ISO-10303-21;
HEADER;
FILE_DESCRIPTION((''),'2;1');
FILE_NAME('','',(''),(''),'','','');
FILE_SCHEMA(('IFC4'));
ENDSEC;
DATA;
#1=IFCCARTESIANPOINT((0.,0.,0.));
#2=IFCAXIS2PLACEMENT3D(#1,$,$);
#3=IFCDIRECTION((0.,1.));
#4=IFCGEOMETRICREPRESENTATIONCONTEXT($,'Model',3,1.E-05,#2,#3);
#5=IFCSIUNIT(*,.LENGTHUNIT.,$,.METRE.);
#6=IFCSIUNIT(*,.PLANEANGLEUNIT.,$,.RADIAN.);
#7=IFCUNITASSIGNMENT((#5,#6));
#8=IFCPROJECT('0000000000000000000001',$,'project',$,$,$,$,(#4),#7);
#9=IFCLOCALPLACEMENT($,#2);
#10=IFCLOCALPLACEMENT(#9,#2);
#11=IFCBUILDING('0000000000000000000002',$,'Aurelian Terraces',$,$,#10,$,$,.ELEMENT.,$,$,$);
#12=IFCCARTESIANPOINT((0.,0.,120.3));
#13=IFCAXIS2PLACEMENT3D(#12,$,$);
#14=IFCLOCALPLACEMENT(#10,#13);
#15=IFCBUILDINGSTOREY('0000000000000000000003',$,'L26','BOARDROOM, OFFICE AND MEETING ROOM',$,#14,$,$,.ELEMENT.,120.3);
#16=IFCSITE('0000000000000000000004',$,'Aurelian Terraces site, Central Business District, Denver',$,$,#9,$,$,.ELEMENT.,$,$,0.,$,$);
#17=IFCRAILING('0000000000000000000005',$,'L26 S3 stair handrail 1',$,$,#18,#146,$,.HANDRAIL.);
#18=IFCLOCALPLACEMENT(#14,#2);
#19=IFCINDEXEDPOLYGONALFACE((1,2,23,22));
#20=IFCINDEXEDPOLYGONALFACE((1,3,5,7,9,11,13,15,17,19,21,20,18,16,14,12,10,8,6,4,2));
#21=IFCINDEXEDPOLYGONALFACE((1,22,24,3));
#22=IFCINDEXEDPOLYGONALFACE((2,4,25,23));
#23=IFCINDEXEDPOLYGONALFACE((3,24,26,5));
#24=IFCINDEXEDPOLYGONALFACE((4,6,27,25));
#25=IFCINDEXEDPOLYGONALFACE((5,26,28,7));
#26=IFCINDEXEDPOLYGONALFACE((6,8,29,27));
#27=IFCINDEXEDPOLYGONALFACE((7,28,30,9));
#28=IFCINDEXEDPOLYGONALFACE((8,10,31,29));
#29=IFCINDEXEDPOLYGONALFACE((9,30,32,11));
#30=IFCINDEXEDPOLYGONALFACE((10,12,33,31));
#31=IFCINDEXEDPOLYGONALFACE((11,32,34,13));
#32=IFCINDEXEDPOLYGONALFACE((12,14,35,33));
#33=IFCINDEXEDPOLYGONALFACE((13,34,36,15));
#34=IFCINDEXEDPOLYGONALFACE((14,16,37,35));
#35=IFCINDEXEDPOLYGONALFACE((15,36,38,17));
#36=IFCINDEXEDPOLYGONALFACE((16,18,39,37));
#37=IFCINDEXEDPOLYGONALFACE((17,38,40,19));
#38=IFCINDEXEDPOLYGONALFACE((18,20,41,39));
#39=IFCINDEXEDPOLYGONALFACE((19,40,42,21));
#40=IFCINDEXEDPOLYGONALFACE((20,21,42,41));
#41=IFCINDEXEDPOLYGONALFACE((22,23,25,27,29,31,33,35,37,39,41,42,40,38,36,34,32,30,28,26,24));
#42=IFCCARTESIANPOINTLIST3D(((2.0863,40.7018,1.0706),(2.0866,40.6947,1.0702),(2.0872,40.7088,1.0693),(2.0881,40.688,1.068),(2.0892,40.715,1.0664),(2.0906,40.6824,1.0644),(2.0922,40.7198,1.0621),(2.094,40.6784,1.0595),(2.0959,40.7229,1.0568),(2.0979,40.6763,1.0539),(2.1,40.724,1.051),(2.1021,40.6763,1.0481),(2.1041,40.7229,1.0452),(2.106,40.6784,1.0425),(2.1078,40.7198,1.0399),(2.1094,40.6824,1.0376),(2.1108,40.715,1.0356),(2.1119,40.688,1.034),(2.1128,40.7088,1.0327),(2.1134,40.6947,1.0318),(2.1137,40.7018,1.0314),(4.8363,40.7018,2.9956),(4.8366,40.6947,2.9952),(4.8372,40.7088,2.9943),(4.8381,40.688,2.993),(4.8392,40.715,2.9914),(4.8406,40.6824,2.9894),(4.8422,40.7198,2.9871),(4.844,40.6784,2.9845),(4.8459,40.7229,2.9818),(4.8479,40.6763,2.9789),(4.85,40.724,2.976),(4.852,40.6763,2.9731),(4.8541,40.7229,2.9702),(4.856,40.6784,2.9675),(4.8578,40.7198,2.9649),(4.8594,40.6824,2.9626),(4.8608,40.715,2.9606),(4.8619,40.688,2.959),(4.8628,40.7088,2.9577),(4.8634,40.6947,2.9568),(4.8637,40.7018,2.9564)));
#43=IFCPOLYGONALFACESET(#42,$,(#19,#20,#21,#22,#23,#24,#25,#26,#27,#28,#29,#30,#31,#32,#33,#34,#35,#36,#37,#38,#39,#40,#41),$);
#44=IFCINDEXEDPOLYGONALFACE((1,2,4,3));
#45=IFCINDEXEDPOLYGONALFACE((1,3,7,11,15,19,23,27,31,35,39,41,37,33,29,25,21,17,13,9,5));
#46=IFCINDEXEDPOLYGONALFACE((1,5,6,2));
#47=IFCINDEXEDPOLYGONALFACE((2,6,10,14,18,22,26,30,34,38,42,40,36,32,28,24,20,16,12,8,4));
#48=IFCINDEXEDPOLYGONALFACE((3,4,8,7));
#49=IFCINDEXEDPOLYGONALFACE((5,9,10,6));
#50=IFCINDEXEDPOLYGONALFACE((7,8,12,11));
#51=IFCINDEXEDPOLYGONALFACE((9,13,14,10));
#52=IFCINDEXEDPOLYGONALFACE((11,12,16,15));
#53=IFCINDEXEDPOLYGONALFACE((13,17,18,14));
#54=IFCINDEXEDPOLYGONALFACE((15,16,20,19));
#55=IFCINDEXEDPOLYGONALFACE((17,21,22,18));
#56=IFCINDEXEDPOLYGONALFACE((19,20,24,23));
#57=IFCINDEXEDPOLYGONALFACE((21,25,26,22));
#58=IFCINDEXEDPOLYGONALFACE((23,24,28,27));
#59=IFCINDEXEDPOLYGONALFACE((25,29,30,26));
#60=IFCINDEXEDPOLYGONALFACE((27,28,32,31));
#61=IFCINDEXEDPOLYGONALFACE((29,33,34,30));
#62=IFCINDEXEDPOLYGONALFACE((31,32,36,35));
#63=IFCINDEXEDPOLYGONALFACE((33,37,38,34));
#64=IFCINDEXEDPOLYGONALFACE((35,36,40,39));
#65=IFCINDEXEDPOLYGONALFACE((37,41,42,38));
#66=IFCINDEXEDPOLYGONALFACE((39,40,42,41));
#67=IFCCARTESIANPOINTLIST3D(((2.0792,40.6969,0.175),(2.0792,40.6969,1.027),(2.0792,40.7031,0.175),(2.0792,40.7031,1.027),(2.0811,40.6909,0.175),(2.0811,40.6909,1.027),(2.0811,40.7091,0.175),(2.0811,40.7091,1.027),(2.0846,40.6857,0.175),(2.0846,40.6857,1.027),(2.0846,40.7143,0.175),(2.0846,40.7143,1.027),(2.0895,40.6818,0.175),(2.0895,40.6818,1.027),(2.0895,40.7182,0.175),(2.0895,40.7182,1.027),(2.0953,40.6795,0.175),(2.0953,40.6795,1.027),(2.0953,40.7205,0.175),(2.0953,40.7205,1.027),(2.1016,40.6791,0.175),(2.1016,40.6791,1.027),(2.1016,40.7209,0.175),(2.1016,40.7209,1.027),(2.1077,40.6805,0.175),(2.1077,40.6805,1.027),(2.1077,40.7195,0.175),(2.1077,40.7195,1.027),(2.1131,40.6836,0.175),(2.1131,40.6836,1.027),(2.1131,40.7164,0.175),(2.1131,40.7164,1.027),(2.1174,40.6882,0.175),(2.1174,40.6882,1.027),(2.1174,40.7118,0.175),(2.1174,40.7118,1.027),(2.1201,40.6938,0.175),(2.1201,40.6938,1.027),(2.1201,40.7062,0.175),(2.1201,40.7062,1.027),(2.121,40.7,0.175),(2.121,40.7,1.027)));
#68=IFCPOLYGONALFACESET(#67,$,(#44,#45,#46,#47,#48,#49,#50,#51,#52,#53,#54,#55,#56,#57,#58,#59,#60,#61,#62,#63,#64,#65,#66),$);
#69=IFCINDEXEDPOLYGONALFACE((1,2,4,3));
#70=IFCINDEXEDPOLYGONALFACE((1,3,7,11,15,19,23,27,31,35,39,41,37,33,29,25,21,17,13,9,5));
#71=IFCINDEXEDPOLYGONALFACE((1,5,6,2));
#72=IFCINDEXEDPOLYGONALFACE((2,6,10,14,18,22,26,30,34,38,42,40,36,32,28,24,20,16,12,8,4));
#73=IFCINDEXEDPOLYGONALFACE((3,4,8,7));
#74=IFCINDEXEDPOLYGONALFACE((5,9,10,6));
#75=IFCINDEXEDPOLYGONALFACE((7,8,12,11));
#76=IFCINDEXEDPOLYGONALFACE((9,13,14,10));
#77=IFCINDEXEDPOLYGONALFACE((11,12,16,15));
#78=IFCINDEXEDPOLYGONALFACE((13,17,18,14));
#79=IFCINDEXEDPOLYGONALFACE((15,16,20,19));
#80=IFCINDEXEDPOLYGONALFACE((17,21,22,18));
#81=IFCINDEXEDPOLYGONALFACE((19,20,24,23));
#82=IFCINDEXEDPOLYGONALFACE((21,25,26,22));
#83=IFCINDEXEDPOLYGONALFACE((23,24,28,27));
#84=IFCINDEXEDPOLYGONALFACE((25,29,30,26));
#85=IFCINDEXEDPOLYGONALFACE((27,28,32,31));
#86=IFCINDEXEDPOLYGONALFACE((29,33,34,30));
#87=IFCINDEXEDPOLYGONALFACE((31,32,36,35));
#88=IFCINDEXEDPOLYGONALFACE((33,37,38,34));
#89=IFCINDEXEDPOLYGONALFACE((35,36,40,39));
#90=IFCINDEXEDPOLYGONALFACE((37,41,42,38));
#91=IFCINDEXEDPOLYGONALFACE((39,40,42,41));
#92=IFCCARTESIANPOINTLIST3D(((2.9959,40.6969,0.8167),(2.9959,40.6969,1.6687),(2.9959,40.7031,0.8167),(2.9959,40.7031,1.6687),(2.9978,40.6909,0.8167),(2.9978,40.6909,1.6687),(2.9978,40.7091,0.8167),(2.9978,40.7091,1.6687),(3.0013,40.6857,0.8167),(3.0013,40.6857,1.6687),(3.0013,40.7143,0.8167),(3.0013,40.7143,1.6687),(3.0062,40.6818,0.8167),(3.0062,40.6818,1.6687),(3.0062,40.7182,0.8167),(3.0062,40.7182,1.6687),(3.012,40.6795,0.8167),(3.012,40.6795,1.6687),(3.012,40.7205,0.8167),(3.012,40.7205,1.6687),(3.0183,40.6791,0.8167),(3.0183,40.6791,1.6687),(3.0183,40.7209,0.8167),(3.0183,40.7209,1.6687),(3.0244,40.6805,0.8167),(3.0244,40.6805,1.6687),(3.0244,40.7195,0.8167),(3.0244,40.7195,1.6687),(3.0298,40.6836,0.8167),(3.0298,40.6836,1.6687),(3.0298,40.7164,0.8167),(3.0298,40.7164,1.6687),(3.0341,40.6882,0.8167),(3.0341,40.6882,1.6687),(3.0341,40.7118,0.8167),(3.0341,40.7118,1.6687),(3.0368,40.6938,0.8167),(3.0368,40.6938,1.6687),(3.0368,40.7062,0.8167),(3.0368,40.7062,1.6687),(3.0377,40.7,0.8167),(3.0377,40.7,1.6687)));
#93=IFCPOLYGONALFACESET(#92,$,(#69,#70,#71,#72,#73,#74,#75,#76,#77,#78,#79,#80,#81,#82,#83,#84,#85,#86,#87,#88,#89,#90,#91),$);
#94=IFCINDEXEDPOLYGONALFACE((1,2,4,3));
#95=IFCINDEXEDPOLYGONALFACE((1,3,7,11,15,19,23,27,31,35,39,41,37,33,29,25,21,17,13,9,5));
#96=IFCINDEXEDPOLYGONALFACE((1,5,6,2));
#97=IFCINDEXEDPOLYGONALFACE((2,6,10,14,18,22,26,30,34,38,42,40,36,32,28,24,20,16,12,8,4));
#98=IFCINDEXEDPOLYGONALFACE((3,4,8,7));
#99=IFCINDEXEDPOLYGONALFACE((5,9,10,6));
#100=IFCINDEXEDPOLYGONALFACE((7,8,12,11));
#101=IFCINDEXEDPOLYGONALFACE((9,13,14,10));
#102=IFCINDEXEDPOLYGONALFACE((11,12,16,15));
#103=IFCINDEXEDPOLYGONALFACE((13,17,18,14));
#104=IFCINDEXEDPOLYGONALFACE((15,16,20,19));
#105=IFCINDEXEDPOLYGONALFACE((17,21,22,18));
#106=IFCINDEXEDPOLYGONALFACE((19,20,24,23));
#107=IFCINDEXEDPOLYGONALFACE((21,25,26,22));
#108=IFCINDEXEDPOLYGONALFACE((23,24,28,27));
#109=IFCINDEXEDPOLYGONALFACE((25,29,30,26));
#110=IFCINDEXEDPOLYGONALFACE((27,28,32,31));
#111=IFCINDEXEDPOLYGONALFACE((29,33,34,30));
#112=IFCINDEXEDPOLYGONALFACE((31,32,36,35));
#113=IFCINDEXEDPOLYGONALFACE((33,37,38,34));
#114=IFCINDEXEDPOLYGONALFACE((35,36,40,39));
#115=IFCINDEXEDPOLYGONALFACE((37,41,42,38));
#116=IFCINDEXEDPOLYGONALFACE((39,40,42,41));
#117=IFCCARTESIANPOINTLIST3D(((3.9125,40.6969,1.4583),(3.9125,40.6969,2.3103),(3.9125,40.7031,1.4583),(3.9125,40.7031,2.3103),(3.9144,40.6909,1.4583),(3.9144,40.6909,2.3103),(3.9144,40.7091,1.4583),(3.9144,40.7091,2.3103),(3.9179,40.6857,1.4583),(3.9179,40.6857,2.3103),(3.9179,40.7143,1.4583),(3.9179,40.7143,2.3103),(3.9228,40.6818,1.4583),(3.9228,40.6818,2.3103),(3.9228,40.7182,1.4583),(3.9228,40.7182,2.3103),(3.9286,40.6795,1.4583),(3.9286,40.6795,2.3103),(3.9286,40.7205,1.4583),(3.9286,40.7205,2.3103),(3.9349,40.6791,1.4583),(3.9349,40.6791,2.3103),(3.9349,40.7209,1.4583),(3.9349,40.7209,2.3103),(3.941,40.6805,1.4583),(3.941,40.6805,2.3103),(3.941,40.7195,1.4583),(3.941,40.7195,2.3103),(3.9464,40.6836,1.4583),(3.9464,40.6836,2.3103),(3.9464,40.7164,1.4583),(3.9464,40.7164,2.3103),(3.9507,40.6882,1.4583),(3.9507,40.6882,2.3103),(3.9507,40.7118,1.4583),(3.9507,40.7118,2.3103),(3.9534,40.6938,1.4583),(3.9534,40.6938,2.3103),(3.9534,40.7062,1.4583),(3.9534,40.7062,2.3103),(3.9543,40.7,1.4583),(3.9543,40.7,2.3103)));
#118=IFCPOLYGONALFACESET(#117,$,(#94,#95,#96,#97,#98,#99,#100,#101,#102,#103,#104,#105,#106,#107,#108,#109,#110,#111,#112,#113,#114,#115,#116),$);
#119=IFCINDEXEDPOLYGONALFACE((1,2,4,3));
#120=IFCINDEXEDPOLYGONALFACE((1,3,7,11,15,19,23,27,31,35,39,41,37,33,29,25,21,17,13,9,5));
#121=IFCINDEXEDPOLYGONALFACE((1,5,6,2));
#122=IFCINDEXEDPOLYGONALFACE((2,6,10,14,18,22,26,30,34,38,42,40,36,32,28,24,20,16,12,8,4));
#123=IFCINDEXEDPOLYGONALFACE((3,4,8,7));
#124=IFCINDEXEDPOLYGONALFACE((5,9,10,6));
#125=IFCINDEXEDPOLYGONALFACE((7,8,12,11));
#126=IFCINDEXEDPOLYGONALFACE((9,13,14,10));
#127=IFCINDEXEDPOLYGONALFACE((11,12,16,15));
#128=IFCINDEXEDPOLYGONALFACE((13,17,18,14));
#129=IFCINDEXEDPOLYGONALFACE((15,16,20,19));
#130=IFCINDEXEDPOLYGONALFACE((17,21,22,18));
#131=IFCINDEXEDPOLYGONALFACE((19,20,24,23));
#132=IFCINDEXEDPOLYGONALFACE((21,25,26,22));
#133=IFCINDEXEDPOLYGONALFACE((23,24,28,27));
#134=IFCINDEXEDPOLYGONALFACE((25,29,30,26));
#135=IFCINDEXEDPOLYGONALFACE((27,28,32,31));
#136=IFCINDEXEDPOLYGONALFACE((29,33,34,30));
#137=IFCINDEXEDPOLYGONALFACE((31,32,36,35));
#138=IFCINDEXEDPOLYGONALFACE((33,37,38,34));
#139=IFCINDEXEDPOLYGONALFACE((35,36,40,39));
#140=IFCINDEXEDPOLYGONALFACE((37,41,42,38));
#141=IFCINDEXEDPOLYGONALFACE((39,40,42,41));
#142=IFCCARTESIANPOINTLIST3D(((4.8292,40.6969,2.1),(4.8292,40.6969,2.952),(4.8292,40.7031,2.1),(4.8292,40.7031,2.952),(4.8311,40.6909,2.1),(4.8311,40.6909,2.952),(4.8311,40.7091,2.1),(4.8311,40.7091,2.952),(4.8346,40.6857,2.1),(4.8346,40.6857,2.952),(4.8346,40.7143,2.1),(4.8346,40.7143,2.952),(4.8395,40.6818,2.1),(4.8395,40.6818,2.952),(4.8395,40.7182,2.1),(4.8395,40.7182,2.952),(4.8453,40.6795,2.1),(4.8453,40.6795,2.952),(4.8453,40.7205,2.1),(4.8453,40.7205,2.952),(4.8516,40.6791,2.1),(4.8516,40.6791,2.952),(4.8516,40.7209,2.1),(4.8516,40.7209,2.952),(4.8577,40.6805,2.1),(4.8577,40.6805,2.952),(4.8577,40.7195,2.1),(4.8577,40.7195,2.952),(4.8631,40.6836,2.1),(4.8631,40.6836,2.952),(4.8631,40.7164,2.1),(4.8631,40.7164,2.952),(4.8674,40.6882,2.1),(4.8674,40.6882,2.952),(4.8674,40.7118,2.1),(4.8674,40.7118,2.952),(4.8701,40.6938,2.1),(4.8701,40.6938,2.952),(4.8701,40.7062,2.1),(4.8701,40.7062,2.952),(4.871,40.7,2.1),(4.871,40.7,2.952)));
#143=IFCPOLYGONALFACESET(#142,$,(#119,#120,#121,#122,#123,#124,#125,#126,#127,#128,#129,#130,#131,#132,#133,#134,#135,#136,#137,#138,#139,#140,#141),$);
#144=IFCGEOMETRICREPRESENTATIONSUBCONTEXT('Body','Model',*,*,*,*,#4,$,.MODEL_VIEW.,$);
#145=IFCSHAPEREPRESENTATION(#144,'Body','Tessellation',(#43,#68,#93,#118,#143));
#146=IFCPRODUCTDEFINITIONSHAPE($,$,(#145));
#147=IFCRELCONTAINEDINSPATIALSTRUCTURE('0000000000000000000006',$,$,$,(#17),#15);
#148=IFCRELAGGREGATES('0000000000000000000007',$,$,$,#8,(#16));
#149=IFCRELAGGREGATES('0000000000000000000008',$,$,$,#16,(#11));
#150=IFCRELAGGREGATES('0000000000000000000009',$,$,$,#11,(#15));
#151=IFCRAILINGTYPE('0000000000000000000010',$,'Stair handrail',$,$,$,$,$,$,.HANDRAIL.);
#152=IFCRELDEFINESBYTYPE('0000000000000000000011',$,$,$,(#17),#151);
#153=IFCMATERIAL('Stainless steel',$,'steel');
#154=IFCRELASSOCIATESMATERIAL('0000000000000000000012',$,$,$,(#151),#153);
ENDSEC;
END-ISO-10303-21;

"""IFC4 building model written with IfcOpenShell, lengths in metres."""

from ifc_helpers import new_model, si_unit, direction, frame, origin, origin_2d, place, context, subcontext, project, spatial, circle, extrude, source, transform, mapped, material, type_object, element, save


model = new_model("IFC4")

# Units and contexts
model_context = context("Model", 3, precision=1e-05, world=origin(), true_north=direction((0.0, 1.0)))
body_context = subcontext(model_context, "Body", "Model", "MODEL_VIEW")
ifc_project = project(units=[si_unit("LENGTHUNIT", "METRE"), si_unit("PLANEANGLEUNIT", "RADIAN")], contexts=[model_context])

# Site, building, storey
site_placement = place(None, origin())
site = spatial("IfcSite", under=ifc_project, at=site_placement, Name="Aurelian Terraces site, Central Business District, Denver", CompositionType="ELEMENT", RefElevation=0.0)
building_placement = place(site_placement, origin())
building = spatial("IfcBuilding", under=site, at=building_placement, Name="Aurelian Terraces", CompositionType="ELEMENT")
storey_placement = place(building_placement, frame((0.0, 0.0, 120.3)))
storey = spatial("IfcBuildingStorey", under=building, at=storey_placement, Name="L26", Description="BOARDROOM, OFFICE AND MEETING ROOM", CompositionType="ELEMENT", Elevation=120.3)

# Railing
ifc_material_1 = material(Name="Stainless steel", Category="steel")
railing_type_1 = type_object("IfcRailingType", Name="Stair handrail", PredefinedType="HANDRAIL", material=ifc_material_1)
shared_shape_1 = source(origin(), body_context, "Body", "SweptSolid", [
    extrude(circle(Radius=0.024, at=origin_2d()), frame((0.0, 0.0, 0.876), z_axis=(0.819232, 0.0, 0.573462), x_axis=(0.0, 1.0, 0.0)), (0.0, 0.0, 1.0), 3.3568),
    extrude(circle(Radius=0.021, at=origin_2d()), origin(), (0.0, 0.0, 1.0), 0.852),
    extrude(circle(Radius=0.021, at=origin_2d()), frame((0.9167, 0.0, 0.6417)), (0.0, 0.0, 1.0), 0.852),
    extrude(circle(Radius=0.021, at=origin_2d()), frame((1.8333, 0.0, 1.2833)), (0.0, 0.0, 1.0), 0.852),
    extrude(circle(Radius=0.021, at=origin_2d()), frame((2.75, 0.0, 1.925)), (0.0, 0.0, 1.0), 0.852),
])
railing_1_placement = place(storey_placement, frame((2.1, 40.7, 0.175)))
element("IfcRailing", 1, at=railing_1_placement, inside=storey, type_object=railing_type_1, Name="L26 S3 stair handrail 1", PredefinedType="HANDRAIL", context=body_context, shape_type="MappedRepresentation", body=[
    mapped(shared_shape_1, transform((0.0, 0.0, 0.0), scale=1.0)),
])

save(model, "model.ifc")
